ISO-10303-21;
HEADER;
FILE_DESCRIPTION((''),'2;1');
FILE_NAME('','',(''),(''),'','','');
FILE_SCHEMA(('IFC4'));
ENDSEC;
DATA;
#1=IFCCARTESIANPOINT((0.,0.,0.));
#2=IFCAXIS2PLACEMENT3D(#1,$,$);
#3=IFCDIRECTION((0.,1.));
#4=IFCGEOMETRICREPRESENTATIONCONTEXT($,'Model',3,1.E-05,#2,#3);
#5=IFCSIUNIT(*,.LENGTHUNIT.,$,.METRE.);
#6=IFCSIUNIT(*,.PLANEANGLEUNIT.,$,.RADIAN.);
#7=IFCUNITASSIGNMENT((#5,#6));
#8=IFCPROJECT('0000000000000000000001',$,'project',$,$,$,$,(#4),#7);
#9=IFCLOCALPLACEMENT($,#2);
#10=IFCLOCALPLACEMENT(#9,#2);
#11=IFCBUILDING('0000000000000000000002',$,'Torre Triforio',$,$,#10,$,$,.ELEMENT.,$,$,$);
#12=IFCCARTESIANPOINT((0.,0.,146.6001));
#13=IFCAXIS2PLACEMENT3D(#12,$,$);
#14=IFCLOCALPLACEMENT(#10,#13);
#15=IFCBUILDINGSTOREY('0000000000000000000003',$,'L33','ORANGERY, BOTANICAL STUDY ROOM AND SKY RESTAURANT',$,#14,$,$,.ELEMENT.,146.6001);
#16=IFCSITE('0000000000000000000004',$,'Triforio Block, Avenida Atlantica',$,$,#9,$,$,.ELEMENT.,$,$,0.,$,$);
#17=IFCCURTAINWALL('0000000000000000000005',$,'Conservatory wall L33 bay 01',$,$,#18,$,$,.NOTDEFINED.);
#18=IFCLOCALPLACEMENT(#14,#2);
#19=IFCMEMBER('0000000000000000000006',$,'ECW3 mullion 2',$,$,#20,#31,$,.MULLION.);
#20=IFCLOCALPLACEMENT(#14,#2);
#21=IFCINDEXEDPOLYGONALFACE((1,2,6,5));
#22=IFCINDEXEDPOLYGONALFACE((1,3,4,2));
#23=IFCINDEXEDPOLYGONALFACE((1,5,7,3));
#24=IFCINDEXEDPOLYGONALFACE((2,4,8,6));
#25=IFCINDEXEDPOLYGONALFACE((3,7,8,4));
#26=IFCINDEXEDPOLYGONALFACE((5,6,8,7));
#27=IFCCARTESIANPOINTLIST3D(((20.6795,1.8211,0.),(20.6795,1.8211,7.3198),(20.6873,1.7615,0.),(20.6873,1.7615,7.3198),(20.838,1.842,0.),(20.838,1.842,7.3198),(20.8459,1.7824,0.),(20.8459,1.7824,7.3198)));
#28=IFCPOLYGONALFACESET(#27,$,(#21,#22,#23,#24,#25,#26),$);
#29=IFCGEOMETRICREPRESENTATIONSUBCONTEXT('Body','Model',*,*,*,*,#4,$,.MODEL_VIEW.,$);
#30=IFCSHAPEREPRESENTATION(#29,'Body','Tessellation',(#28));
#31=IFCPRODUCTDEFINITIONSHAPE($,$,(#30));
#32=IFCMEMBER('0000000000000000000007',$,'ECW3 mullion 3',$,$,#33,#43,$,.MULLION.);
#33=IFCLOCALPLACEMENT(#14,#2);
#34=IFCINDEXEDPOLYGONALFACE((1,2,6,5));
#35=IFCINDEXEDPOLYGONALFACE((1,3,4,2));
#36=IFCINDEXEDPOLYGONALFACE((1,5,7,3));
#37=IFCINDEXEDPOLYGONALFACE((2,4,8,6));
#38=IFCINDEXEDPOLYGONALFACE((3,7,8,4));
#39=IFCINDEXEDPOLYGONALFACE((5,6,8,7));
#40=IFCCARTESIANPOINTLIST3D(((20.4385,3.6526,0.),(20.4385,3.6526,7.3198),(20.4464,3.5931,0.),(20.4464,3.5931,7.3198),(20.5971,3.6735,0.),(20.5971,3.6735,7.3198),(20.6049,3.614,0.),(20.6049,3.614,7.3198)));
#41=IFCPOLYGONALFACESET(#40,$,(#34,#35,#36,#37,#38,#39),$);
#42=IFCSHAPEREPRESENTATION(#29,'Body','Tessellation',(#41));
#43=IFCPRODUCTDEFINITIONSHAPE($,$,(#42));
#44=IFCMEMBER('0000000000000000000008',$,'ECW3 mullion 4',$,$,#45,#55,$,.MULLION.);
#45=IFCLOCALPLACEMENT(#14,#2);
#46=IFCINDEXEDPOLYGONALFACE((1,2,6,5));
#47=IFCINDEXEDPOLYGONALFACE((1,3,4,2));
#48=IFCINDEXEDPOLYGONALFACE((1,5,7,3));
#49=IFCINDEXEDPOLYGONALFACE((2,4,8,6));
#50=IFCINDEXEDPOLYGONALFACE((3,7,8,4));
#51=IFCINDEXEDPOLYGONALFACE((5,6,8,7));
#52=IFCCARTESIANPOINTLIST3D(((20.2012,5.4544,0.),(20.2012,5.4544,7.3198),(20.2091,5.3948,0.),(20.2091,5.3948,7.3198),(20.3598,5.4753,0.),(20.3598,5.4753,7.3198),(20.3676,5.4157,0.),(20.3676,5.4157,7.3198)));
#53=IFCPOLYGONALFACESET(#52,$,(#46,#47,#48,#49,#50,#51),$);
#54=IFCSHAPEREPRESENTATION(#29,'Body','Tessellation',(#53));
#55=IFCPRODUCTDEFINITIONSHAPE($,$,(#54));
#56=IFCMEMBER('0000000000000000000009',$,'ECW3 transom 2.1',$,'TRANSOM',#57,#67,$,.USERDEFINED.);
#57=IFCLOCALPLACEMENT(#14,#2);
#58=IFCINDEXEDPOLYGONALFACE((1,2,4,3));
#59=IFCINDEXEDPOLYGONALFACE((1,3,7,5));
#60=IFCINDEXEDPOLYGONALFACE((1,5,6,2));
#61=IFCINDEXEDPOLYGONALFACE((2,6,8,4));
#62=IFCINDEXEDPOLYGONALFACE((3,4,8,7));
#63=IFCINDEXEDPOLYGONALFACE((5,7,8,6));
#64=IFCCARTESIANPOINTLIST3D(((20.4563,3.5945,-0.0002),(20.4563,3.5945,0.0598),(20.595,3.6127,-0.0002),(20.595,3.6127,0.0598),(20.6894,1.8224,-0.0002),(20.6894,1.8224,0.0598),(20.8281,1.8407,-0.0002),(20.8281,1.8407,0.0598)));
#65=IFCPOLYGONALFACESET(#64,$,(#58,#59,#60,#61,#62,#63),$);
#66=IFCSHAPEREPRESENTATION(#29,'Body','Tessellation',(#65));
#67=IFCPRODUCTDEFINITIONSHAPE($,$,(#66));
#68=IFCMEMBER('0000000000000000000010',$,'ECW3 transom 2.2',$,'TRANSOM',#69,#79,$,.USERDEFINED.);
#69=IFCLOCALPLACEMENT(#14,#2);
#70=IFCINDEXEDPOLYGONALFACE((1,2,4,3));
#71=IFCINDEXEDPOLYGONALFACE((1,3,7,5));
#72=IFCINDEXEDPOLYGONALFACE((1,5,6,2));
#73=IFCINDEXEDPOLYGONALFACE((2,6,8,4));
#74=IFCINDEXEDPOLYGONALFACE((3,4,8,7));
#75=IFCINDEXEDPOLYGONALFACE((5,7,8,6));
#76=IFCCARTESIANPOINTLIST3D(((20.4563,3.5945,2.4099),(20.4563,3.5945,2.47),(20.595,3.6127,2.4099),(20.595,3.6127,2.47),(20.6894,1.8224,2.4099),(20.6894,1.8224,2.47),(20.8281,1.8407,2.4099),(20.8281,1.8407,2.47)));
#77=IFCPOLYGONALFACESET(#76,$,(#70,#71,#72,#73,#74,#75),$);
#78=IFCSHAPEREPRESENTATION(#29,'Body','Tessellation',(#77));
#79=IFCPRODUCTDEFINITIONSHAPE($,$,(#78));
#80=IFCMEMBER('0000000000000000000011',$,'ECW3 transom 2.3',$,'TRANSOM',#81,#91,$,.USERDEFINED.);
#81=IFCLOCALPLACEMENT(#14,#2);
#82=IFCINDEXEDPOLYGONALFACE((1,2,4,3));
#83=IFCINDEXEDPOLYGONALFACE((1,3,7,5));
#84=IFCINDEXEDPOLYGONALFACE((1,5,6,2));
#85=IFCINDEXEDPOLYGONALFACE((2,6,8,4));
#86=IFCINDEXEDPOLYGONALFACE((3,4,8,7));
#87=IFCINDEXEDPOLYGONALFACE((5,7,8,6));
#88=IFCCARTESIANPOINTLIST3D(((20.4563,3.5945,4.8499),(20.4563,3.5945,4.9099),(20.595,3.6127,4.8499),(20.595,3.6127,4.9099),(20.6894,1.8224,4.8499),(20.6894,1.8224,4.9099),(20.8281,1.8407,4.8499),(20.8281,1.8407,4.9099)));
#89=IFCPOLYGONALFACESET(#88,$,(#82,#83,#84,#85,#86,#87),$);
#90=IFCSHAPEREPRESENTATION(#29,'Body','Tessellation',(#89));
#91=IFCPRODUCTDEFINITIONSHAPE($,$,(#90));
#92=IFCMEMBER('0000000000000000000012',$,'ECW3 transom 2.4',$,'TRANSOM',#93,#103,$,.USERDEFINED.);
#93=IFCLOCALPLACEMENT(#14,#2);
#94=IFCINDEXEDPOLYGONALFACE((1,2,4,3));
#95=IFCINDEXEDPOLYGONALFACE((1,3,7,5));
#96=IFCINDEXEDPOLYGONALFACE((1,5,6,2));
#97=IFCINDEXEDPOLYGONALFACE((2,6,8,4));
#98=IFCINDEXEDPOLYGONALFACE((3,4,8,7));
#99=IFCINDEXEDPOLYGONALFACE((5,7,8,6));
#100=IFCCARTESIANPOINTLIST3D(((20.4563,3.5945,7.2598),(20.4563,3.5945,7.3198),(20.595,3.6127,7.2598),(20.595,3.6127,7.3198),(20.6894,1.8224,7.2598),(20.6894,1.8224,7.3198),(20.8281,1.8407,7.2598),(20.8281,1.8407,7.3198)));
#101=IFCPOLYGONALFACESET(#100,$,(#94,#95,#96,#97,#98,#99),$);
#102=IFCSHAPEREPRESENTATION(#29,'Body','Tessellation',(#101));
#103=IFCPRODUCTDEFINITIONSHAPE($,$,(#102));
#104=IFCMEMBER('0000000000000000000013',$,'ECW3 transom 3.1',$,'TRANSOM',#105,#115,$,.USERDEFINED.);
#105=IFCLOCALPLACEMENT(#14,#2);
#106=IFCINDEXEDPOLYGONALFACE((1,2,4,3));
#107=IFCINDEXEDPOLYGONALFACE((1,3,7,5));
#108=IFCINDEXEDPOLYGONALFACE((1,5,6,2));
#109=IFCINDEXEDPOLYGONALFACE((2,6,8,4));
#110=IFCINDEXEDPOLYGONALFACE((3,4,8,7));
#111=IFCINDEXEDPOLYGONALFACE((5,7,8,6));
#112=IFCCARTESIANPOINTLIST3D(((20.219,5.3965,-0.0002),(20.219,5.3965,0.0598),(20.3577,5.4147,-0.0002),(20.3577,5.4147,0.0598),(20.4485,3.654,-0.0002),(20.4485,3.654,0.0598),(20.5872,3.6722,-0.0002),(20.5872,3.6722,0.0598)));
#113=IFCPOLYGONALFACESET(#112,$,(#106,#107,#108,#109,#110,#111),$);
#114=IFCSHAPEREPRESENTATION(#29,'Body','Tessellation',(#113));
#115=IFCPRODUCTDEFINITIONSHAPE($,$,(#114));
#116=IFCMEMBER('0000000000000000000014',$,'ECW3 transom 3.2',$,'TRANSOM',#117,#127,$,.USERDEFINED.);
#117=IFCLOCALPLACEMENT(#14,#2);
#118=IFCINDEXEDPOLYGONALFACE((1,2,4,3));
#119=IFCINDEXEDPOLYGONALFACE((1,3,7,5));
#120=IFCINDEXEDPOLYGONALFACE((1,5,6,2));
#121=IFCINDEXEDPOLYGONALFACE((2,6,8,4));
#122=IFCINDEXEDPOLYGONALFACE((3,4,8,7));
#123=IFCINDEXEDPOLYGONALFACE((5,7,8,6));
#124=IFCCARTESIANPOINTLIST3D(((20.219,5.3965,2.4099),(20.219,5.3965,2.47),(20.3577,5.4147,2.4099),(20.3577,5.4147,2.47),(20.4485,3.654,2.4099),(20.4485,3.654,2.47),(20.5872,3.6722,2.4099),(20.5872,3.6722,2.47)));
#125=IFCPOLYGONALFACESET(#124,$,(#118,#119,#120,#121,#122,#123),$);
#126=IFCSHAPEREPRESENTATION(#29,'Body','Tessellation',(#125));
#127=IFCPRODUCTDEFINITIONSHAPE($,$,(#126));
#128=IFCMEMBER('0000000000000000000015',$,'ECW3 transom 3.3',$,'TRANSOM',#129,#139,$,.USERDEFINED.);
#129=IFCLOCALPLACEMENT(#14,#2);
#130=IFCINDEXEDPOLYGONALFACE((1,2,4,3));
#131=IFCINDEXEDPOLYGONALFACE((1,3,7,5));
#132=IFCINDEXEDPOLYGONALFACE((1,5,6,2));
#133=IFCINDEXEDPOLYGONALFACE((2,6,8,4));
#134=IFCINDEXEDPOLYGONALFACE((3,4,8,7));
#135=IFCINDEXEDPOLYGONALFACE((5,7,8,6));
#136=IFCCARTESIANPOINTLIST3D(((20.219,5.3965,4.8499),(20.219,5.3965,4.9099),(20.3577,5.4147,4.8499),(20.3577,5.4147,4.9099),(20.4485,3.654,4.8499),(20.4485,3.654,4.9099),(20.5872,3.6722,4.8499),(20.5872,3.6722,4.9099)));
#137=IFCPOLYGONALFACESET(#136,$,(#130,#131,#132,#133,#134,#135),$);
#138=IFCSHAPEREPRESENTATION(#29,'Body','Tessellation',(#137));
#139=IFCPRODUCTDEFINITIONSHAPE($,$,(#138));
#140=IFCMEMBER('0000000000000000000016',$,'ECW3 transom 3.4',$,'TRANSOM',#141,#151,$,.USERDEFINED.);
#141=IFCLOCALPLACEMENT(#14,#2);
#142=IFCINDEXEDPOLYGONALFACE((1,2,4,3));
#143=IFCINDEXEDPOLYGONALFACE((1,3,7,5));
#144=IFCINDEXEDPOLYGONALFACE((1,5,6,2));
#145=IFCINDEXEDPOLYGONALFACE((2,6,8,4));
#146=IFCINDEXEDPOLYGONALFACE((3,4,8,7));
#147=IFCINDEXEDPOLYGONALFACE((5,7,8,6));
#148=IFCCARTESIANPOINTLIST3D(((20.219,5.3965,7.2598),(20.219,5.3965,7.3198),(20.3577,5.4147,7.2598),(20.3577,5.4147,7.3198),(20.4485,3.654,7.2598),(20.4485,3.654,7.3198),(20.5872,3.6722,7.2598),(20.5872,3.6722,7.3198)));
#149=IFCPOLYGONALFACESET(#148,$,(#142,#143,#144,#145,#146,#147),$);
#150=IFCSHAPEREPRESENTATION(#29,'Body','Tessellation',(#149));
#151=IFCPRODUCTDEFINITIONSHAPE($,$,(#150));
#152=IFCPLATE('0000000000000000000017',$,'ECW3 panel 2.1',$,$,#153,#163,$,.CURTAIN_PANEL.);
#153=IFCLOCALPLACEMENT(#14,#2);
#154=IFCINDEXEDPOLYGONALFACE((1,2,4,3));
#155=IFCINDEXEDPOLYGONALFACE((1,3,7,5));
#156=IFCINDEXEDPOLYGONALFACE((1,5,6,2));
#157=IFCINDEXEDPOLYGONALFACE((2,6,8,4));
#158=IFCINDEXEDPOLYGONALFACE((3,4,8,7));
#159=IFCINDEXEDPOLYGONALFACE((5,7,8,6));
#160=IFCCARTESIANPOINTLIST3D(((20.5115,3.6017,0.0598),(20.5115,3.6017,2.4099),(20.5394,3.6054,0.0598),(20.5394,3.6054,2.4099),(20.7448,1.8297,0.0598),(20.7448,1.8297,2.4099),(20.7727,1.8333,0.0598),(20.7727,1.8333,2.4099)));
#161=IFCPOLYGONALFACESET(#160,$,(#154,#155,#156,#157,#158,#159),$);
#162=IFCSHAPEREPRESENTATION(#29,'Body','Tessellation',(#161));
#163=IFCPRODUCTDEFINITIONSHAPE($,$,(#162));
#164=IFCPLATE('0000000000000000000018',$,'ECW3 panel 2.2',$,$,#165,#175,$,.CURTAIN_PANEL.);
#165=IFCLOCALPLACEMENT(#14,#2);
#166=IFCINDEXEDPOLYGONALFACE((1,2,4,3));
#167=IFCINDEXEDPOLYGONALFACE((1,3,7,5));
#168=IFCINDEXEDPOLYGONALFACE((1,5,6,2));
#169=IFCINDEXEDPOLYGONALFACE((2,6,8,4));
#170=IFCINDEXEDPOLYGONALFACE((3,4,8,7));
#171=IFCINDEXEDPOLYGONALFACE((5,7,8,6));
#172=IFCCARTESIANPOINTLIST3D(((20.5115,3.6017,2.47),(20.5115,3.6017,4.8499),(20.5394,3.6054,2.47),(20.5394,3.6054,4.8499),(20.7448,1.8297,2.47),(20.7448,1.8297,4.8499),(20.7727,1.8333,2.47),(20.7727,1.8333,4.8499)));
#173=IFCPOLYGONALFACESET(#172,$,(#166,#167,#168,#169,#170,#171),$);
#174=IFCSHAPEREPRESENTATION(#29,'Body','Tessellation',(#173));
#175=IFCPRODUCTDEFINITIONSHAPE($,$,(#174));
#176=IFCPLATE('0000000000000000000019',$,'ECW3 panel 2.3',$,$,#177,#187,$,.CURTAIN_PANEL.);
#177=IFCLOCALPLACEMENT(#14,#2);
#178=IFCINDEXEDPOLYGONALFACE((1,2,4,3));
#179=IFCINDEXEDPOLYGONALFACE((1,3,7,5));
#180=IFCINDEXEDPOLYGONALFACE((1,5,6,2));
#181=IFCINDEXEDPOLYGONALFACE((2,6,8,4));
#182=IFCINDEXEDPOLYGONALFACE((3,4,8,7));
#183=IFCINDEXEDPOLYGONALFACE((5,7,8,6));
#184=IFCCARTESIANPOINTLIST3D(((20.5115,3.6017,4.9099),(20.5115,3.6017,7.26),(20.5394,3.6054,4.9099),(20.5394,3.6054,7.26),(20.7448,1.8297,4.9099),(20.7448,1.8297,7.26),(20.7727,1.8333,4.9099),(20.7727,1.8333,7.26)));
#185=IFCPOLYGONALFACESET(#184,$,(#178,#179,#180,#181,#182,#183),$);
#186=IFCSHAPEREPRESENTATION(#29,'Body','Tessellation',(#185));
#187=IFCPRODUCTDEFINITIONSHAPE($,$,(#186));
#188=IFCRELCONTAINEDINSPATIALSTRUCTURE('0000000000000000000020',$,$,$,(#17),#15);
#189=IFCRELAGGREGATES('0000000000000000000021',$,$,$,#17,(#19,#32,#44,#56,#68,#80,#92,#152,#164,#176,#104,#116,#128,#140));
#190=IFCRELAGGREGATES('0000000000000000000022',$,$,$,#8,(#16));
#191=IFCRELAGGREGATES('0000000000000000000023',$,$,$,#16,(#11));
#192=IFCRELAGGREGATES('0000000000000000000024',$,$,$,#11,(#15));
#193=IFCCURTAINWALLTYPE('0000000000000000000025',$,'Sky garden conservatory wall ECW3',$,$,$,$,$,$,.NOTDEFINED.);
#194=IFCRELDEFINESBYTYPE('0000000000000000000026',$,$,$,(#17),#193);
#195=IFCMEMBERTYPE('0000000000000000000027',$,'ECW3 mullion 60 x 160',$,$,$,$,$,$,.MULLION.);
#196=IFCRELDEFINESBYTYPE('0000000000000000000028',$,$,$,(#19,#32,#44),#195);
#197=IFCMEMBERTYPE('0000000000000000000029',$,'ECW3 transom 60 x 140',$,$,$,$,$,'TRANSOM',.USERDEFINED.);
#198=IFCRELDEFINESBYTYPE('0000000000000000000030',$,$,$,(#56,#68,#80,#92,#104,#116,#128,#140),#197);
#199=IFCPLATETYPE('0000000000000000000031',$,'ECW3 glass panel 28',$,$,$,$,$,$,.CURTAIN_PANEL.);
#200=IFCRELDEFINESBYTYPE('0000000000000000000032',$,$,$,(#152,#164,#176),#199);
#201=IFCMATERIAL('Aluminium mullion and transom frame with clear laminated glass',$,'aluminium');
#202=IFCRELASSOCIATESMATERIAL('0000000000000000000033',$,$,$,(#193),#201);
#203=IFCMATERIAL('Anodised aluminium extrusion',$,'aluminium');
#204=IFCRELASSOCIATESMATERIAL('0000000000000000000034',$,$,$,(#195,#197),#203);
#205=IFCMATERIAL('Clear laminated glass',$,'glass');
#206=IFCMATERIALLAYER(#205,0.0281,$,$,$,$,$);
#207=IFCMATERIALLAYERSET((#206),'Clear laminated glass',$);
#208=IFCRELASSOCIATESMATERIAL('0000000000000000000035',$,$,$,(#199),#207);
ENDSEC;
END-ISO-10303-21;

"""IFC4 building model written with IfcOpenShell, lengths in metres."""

from ifc_helpers import new_model, si_unit, direction, frame, origin, origin_2d, place, context, subcontext, project, spatial, rectangle, extrude, material, layer, layer_set, material_profile, profile_set, type_object, element, aggregate, save


model = new_model("IFC4")

# Units and contexts
model_context = context("Model", 3, precision=1e-05, world=origin(), true_north=direction((0.0, 1.0)))
body_context = subcontext(model_context, "Body", "Model", "MODEL_VIEW")
ifc_project = project(units=[si_unit("LENGTHUNIT", "METRE"), si_unit("PLANEANGLEUNIT", "RADIAN")], contexts=[model_context])

# Site, building, storey
site_placement = place(None, origin())
site = spatial("IfcSite", under=ifc_project, at=site_placement, Name="Triforio Block, Avenida Atlantica", CompositionType="ELEMENT", RefElevation=0.0)
building_placement = place(site_placement, origin())
building = spatial("IfcBuilding", under=site, at=building_placement, Name="Torre Triforio", CompositionType="ELEMENT")
storey_placement = place(building_placement, frame((0.0, 0.0, 146.6001)))
storey = spatial("IfcBuildingStorey", under=building, at=storey_placement, Name="L33", Description="ORANGERY, BOTANICAL STUDY ROOM AND SKY RESTAURANT", CompositionType="ELEMENT", Elevation=146.6001)

# Curtain wall, members, plates
ifc_material_1 = material(Name="Aluminium mullion and transom frame with clear laminated glass", Category="aluminium")
curtain_wall_type = type_object("IfcCurtainWallType", Name="Sky garden conservatory wall ECW3", PredefinedType="NOTDEFINED", material=ifc_material_1)
curtain_wall_placement = place(storey_placement, origin())
curtain_wall = element("IfcCurtainWall", 1, at=curtain_wall_placement, inside=storey, type_object=curtain_wall_type, Name="Conservatory wall L33 bay 01", PredefinedType="NOTDEFINED")
ifc_material_2 = material(Name="Anodised aluminium extrusion", Category="aluminium")
ifc_material_profile_1 = material_profile(ifc_material_2, rectangle(XDim=0.1599, YDim=0.0601, at=origin_2d()), Name="ECW3 MULLION 60x160")
ifc_profile_set_1 = profile_set([ifc_material_profile_1], Name="Anodised aluminium extrusion")
member_type_1 = type_object("IfcMemberType", Name="ECW3 mullion 60 x 160", PredefinedType="MULLION", material=ifc_profile_set_1)
member_1_placement = place(storey_placement, frame((20.7627, 1.8018, 0.0), z_axis=(0.0, 0.0, 1.0), x_axis=(-0.991444, -0.13053, 0.0)))
member_1 = element("IfcMember", 2, at=member_1_placement, type_object=member_type_1, Name="ECW3 mullion 2", PredefinedType="MULLION", context=body_context, shape_type="SweptSolid", body=[
    extrude(rectangle(XDim=0.1599, YDim=0.0601, at=origin_2d()), origin(), (0.0, 0.0, 1.0), 7.3198),
])
member_2_placement = place(storey_placement, frame((20.5217, 3.6333, 0.0), z_axis=(0.0, 0.0, 1.0), x_axis=(-0.991444, -0.13053, 0.0)))
member_2 = element("IfcMember", 3, at=member_2_placement, type_object=member_type_1, Name="ECW3 mullion 3", PredefinedType="MULLION", context=body_context, shape_type="SweptSolid", body=[
    extrude(rectangle(XDim=0.1599, YDim=0.0601, at=origin_2d()), origin(), (0.0, 0.0, 1.0), 7.3198),
])
member_3_placement = place(storey_placement, frame((20.2844, 5.4351, 0.0), z_axis=(0.0, 0.0, 1.0), x_axis=(-0.991444, -0.13053, 0.0)))
member_3 = element("IfcMember", 4, at=member_3_placement, type_object=member_type_1, Name="ECW3 mullion 4", PredefinedType="MULLION", context=body_context, shape_type="SweptSolid", body=[
    extrude(rectangle(XDim=0.1599, YDim=0.0601, at=origin_2d()), origin(), (0.0, 0.0, 1.0), 7.3198),
])
ifc_material_profile_2 = material_profile(ifc_material_2, rectangle(XDim=0.1399, YDim=0.0601, at=origin_2d()), Name="ECW3 TRANSOM 60x140")
ifc_profile_set_2 = profile_set([ifc_material_profile_2], Name="Anodised aluminium extrusion")
member_type_2 = type_object("IfcMemberType", Name="ECW3 transom 60 x 140", ElementType="TRANSOM", PredefinedType="USERDEFINED", material=ifc_profile_set_2)
member_4_placement = place(storey_placement, frame((20.7588, 1.8315, 0.0298), z_axis=(-0.130455, 0.991454, 0.0), x_axis=(-0.991454, -0.130455, 0.0)))
member_4 = element("IfcMember", 5, at=member_4_placement, type_object=member_type_2, Name="ECW3 transom 2.1", ObjectType="TRANSOM", PredefinedType="USERDEFINED", context=body_context, shape_type="SweptSolid", body=[
    extrude(rectangle(XDim=0.1399, YDim=0.0601, at=origin_2d()), origin(), (0.0, 0.0, 1.0), 1.7874),
])
member_5_placement = place(storey_placement, frame((20.7588, 1.8315, 2.4399), z_axis=(-0.130455, 0.991454, 0.0), x_axis=(-0.991454, -0.130455, 0.0)))
member_5 = element("IfcMember", 6, at=member_5_placement, type_object=member_type_2, Name="ECW3 transom 2.2", ObjectType="TRANSOM", PredefinedType="USERDEFINED", context=body_context, shape_type="SweptSolid", body=[
    extrude(rectangle(XDim=0.1399, YDim=0.0601, at=origin_2d()), origin(), (0.0, 0.0, 1.0), 1.7874),
])
member_6_placement = place(storey_placement, frame((20.7588, 1.8315, 4.8799), z_axis=(-0.130455, 0.991454, 0.0), x_axis=(-0.991454, -0.130455, 0.0)))
member_6 = element("IfcMember", 7, at=member_6_placement, type_object=member_type_2, Name="ECW3 transom 2.3", ObjectType="TRANSOM", PredefinedType="USERDEFINED", context=body_context, shape_type="SweptSolid", body=[
    extrude(rectangle(XDim=0.1399, YDim=0.0601, at=origin_2d()), origin(), (0.0, 0.0, 1.0), 1.7874),
])
member_7_placement = place(storey_placement, frame((20.7588, 1.8315, 7.2898), z_axis=(-0.130455, 0.991454, 0.0), x_axis=(-0.991454, -0.130455, 0.0)))
member_7 = element("IfcMember", 8, at=member_7_placement, type_object=member_type_2, Name="ECW3 transom 2.4", ObjectType="TRANSOM", PredefinedType="USERDEFINED", context=body_context, shape_type="SweptSolid", body=[
    extrude(rectangle(XDim=0.1399, YDim=0.0601, at=origin_2d()), origin(), (0.0, 0.0, 1.0), 1.7874),
])
member_8_placement = place(storey_placement, frame((20.5178, 3.6631, 0.0298), z_axis=(-0.13058, 0.991438, 0.0), x_axis=(-0.991438, -0.13058, 0.0)))
member_8 = element("IfcMember", 9, at=member_8_placement, type_object=member_type_2, Name="ECW3 transom 3.1", ObjectType="TRANSOM", PredefinedType="USERDEFINED", context=body_context, shape_type="SweptSolid", body=[
    extrude(rectangle(XDim=0.1399, YDim=0.0601, at=origin_2d()), origin(), (0.0, 0.0, 1.0), 1.7576),
])
member_9_placement = place(storey_placement, frame((20.5178, 3.6631, 2.4399), z_axis=(-0.13058, 0.991438, 0.0), x_axis=(-0.991438, -0.13058, 0.0)))
member_9 = element("IfcMember", 10, at=member_9_placement, type_object=member_type_2, Name="ECW3 transom 3.2", ObjectType="TRANSOM", PredefinedType="USERDEFINED", context=body_context, shape_type="SweptSolid", body=[
    extrude(rectangle(XDim=0.1399, YDim=0.0601, at=origin_2d()), origin(), (0.0, 0.0, 1.0), 1.7576),
])
member_10_placement = place(storey_placement, frame((20.5178, 3.6631, 4.8799), z_axis=(-0.13058, 0.991438, 0.0), x_axis=(-0.991438, -0.13058, 0.0)))
member_10 = element("IfcMember", 11, at=member_10_placement, type_object=member_type_2, Name="ECW3 transom 3.3", ObjectType="TRANSOM", PredefinedType="USERDEFINED", context=body_context, shape_type="SweptSolid", body=[
    extrude(rectangle(XDim=0.1399, YDim=0.0601, at=origin_2d()), origin(), (0.0, 0.0, 1.0), 1.7576),
])
member_11_placement = place(storey_placement, frame((20.5178, 3.6631, 7.2898), z_axis=(-0.13058, 0.991438, 0.0), x_axis=(-0.991438, -0.13058, 0.0)))
member_11 = element("IfcMember", 12, at=member_11_placement, type_object=member_type_2, Name="ECW3 transom 3.4", ObjectType="TRANSOM", PredefinedType="USERDEFINED", context=body_context, shape_type="SweptSolid", body=[
    extrude(rectangle(XDim=0.1399, YDim=0.0601, at=origin_2d()), origin(), (0.0, 0.0, 1.0), 1.7576),
])
ifc_material_3 = material(Name="Clear laminated glass", Category="glass")
ifc_layer_1 = layer(ifc_material_3, 0.0281)
ifc_layer_set_1 = layer_set([ifc_layer_1], Name="Clear laminated glass")
plate_type = type_object("IfcPlateType", Name="ECW3 glass panel 28", PredefinedType="CURTAIN_PANEL", material=ifc_layer_set_1)
plate_1_placement = place(storey_placement, frame((20.6421, 2.7175, 0.0598), z_axis=(0.0, 0.0, 1.0), x_axis=(-0.13053, 0.991444, 0.0)))
plate_1 = element("IfcPlate", 13, at=plate_1_placement, type_object=plate_type, Name="ECW3 panel 2.1", PredefinedType="CURTAIN_PANEL", context=body_context, shape_type="SweptSolid", body=[
    extrude(rectangle(XDim=1.7874, YDim=0.0281, at=origin_2d()), origin(), (0.0, 0.0, 1.0), 2.3501),
])
plate_2_placement = place(storey_placement, frame((20.6421, 2.7175, 2.47), z_axis=(0.0, 0.0, 1.0), x_axis=(-0.13053, 0.991444, 0.0)))
plate_2 = element("IfcPlate", 14, at=plate_2_placement, type_object=plate_type, Name="ECW3 panel 2.2", PredefinedType="CURTAIN_PANEL", context=body_context, shape_type="SweptSolid", body=[
    extrude(rectangle(XDim=1.7874, YDim=0.0281, at=origin_2d()), origin(), (0.0, 0.0, 1.0), 2.3799),
])
plate_3_placement = place(storey_placement, frame((20.6421, 2.7175, 4.9099), z_axis=(0.0, 0.0, 1.0), x_axis=(-0.13053, 0.991444, 0.0)))
plate_3 = element("IfcPlate", 15, at=plate_3_placement, type_object=plate_type, Name="ECW3 panel 2.3", PredefinedType="CURTAIN_PANEL", context=body_context, shape_type="SweptSolid", body=[
    extrude(rectangle(XDim=1.7874, YDim=0.0281, at=origin_2d()), origin(), (0.0, 0.0, 1.0), 2.3501),
])
aggregate(curtain_wall, [member_1, member_2, member_3, member_4, member_5, member_6, member_7, plate_1, plate_2, plate_3, member_8, member_9, member_10, member_11])

save(model, "model.ifc")
